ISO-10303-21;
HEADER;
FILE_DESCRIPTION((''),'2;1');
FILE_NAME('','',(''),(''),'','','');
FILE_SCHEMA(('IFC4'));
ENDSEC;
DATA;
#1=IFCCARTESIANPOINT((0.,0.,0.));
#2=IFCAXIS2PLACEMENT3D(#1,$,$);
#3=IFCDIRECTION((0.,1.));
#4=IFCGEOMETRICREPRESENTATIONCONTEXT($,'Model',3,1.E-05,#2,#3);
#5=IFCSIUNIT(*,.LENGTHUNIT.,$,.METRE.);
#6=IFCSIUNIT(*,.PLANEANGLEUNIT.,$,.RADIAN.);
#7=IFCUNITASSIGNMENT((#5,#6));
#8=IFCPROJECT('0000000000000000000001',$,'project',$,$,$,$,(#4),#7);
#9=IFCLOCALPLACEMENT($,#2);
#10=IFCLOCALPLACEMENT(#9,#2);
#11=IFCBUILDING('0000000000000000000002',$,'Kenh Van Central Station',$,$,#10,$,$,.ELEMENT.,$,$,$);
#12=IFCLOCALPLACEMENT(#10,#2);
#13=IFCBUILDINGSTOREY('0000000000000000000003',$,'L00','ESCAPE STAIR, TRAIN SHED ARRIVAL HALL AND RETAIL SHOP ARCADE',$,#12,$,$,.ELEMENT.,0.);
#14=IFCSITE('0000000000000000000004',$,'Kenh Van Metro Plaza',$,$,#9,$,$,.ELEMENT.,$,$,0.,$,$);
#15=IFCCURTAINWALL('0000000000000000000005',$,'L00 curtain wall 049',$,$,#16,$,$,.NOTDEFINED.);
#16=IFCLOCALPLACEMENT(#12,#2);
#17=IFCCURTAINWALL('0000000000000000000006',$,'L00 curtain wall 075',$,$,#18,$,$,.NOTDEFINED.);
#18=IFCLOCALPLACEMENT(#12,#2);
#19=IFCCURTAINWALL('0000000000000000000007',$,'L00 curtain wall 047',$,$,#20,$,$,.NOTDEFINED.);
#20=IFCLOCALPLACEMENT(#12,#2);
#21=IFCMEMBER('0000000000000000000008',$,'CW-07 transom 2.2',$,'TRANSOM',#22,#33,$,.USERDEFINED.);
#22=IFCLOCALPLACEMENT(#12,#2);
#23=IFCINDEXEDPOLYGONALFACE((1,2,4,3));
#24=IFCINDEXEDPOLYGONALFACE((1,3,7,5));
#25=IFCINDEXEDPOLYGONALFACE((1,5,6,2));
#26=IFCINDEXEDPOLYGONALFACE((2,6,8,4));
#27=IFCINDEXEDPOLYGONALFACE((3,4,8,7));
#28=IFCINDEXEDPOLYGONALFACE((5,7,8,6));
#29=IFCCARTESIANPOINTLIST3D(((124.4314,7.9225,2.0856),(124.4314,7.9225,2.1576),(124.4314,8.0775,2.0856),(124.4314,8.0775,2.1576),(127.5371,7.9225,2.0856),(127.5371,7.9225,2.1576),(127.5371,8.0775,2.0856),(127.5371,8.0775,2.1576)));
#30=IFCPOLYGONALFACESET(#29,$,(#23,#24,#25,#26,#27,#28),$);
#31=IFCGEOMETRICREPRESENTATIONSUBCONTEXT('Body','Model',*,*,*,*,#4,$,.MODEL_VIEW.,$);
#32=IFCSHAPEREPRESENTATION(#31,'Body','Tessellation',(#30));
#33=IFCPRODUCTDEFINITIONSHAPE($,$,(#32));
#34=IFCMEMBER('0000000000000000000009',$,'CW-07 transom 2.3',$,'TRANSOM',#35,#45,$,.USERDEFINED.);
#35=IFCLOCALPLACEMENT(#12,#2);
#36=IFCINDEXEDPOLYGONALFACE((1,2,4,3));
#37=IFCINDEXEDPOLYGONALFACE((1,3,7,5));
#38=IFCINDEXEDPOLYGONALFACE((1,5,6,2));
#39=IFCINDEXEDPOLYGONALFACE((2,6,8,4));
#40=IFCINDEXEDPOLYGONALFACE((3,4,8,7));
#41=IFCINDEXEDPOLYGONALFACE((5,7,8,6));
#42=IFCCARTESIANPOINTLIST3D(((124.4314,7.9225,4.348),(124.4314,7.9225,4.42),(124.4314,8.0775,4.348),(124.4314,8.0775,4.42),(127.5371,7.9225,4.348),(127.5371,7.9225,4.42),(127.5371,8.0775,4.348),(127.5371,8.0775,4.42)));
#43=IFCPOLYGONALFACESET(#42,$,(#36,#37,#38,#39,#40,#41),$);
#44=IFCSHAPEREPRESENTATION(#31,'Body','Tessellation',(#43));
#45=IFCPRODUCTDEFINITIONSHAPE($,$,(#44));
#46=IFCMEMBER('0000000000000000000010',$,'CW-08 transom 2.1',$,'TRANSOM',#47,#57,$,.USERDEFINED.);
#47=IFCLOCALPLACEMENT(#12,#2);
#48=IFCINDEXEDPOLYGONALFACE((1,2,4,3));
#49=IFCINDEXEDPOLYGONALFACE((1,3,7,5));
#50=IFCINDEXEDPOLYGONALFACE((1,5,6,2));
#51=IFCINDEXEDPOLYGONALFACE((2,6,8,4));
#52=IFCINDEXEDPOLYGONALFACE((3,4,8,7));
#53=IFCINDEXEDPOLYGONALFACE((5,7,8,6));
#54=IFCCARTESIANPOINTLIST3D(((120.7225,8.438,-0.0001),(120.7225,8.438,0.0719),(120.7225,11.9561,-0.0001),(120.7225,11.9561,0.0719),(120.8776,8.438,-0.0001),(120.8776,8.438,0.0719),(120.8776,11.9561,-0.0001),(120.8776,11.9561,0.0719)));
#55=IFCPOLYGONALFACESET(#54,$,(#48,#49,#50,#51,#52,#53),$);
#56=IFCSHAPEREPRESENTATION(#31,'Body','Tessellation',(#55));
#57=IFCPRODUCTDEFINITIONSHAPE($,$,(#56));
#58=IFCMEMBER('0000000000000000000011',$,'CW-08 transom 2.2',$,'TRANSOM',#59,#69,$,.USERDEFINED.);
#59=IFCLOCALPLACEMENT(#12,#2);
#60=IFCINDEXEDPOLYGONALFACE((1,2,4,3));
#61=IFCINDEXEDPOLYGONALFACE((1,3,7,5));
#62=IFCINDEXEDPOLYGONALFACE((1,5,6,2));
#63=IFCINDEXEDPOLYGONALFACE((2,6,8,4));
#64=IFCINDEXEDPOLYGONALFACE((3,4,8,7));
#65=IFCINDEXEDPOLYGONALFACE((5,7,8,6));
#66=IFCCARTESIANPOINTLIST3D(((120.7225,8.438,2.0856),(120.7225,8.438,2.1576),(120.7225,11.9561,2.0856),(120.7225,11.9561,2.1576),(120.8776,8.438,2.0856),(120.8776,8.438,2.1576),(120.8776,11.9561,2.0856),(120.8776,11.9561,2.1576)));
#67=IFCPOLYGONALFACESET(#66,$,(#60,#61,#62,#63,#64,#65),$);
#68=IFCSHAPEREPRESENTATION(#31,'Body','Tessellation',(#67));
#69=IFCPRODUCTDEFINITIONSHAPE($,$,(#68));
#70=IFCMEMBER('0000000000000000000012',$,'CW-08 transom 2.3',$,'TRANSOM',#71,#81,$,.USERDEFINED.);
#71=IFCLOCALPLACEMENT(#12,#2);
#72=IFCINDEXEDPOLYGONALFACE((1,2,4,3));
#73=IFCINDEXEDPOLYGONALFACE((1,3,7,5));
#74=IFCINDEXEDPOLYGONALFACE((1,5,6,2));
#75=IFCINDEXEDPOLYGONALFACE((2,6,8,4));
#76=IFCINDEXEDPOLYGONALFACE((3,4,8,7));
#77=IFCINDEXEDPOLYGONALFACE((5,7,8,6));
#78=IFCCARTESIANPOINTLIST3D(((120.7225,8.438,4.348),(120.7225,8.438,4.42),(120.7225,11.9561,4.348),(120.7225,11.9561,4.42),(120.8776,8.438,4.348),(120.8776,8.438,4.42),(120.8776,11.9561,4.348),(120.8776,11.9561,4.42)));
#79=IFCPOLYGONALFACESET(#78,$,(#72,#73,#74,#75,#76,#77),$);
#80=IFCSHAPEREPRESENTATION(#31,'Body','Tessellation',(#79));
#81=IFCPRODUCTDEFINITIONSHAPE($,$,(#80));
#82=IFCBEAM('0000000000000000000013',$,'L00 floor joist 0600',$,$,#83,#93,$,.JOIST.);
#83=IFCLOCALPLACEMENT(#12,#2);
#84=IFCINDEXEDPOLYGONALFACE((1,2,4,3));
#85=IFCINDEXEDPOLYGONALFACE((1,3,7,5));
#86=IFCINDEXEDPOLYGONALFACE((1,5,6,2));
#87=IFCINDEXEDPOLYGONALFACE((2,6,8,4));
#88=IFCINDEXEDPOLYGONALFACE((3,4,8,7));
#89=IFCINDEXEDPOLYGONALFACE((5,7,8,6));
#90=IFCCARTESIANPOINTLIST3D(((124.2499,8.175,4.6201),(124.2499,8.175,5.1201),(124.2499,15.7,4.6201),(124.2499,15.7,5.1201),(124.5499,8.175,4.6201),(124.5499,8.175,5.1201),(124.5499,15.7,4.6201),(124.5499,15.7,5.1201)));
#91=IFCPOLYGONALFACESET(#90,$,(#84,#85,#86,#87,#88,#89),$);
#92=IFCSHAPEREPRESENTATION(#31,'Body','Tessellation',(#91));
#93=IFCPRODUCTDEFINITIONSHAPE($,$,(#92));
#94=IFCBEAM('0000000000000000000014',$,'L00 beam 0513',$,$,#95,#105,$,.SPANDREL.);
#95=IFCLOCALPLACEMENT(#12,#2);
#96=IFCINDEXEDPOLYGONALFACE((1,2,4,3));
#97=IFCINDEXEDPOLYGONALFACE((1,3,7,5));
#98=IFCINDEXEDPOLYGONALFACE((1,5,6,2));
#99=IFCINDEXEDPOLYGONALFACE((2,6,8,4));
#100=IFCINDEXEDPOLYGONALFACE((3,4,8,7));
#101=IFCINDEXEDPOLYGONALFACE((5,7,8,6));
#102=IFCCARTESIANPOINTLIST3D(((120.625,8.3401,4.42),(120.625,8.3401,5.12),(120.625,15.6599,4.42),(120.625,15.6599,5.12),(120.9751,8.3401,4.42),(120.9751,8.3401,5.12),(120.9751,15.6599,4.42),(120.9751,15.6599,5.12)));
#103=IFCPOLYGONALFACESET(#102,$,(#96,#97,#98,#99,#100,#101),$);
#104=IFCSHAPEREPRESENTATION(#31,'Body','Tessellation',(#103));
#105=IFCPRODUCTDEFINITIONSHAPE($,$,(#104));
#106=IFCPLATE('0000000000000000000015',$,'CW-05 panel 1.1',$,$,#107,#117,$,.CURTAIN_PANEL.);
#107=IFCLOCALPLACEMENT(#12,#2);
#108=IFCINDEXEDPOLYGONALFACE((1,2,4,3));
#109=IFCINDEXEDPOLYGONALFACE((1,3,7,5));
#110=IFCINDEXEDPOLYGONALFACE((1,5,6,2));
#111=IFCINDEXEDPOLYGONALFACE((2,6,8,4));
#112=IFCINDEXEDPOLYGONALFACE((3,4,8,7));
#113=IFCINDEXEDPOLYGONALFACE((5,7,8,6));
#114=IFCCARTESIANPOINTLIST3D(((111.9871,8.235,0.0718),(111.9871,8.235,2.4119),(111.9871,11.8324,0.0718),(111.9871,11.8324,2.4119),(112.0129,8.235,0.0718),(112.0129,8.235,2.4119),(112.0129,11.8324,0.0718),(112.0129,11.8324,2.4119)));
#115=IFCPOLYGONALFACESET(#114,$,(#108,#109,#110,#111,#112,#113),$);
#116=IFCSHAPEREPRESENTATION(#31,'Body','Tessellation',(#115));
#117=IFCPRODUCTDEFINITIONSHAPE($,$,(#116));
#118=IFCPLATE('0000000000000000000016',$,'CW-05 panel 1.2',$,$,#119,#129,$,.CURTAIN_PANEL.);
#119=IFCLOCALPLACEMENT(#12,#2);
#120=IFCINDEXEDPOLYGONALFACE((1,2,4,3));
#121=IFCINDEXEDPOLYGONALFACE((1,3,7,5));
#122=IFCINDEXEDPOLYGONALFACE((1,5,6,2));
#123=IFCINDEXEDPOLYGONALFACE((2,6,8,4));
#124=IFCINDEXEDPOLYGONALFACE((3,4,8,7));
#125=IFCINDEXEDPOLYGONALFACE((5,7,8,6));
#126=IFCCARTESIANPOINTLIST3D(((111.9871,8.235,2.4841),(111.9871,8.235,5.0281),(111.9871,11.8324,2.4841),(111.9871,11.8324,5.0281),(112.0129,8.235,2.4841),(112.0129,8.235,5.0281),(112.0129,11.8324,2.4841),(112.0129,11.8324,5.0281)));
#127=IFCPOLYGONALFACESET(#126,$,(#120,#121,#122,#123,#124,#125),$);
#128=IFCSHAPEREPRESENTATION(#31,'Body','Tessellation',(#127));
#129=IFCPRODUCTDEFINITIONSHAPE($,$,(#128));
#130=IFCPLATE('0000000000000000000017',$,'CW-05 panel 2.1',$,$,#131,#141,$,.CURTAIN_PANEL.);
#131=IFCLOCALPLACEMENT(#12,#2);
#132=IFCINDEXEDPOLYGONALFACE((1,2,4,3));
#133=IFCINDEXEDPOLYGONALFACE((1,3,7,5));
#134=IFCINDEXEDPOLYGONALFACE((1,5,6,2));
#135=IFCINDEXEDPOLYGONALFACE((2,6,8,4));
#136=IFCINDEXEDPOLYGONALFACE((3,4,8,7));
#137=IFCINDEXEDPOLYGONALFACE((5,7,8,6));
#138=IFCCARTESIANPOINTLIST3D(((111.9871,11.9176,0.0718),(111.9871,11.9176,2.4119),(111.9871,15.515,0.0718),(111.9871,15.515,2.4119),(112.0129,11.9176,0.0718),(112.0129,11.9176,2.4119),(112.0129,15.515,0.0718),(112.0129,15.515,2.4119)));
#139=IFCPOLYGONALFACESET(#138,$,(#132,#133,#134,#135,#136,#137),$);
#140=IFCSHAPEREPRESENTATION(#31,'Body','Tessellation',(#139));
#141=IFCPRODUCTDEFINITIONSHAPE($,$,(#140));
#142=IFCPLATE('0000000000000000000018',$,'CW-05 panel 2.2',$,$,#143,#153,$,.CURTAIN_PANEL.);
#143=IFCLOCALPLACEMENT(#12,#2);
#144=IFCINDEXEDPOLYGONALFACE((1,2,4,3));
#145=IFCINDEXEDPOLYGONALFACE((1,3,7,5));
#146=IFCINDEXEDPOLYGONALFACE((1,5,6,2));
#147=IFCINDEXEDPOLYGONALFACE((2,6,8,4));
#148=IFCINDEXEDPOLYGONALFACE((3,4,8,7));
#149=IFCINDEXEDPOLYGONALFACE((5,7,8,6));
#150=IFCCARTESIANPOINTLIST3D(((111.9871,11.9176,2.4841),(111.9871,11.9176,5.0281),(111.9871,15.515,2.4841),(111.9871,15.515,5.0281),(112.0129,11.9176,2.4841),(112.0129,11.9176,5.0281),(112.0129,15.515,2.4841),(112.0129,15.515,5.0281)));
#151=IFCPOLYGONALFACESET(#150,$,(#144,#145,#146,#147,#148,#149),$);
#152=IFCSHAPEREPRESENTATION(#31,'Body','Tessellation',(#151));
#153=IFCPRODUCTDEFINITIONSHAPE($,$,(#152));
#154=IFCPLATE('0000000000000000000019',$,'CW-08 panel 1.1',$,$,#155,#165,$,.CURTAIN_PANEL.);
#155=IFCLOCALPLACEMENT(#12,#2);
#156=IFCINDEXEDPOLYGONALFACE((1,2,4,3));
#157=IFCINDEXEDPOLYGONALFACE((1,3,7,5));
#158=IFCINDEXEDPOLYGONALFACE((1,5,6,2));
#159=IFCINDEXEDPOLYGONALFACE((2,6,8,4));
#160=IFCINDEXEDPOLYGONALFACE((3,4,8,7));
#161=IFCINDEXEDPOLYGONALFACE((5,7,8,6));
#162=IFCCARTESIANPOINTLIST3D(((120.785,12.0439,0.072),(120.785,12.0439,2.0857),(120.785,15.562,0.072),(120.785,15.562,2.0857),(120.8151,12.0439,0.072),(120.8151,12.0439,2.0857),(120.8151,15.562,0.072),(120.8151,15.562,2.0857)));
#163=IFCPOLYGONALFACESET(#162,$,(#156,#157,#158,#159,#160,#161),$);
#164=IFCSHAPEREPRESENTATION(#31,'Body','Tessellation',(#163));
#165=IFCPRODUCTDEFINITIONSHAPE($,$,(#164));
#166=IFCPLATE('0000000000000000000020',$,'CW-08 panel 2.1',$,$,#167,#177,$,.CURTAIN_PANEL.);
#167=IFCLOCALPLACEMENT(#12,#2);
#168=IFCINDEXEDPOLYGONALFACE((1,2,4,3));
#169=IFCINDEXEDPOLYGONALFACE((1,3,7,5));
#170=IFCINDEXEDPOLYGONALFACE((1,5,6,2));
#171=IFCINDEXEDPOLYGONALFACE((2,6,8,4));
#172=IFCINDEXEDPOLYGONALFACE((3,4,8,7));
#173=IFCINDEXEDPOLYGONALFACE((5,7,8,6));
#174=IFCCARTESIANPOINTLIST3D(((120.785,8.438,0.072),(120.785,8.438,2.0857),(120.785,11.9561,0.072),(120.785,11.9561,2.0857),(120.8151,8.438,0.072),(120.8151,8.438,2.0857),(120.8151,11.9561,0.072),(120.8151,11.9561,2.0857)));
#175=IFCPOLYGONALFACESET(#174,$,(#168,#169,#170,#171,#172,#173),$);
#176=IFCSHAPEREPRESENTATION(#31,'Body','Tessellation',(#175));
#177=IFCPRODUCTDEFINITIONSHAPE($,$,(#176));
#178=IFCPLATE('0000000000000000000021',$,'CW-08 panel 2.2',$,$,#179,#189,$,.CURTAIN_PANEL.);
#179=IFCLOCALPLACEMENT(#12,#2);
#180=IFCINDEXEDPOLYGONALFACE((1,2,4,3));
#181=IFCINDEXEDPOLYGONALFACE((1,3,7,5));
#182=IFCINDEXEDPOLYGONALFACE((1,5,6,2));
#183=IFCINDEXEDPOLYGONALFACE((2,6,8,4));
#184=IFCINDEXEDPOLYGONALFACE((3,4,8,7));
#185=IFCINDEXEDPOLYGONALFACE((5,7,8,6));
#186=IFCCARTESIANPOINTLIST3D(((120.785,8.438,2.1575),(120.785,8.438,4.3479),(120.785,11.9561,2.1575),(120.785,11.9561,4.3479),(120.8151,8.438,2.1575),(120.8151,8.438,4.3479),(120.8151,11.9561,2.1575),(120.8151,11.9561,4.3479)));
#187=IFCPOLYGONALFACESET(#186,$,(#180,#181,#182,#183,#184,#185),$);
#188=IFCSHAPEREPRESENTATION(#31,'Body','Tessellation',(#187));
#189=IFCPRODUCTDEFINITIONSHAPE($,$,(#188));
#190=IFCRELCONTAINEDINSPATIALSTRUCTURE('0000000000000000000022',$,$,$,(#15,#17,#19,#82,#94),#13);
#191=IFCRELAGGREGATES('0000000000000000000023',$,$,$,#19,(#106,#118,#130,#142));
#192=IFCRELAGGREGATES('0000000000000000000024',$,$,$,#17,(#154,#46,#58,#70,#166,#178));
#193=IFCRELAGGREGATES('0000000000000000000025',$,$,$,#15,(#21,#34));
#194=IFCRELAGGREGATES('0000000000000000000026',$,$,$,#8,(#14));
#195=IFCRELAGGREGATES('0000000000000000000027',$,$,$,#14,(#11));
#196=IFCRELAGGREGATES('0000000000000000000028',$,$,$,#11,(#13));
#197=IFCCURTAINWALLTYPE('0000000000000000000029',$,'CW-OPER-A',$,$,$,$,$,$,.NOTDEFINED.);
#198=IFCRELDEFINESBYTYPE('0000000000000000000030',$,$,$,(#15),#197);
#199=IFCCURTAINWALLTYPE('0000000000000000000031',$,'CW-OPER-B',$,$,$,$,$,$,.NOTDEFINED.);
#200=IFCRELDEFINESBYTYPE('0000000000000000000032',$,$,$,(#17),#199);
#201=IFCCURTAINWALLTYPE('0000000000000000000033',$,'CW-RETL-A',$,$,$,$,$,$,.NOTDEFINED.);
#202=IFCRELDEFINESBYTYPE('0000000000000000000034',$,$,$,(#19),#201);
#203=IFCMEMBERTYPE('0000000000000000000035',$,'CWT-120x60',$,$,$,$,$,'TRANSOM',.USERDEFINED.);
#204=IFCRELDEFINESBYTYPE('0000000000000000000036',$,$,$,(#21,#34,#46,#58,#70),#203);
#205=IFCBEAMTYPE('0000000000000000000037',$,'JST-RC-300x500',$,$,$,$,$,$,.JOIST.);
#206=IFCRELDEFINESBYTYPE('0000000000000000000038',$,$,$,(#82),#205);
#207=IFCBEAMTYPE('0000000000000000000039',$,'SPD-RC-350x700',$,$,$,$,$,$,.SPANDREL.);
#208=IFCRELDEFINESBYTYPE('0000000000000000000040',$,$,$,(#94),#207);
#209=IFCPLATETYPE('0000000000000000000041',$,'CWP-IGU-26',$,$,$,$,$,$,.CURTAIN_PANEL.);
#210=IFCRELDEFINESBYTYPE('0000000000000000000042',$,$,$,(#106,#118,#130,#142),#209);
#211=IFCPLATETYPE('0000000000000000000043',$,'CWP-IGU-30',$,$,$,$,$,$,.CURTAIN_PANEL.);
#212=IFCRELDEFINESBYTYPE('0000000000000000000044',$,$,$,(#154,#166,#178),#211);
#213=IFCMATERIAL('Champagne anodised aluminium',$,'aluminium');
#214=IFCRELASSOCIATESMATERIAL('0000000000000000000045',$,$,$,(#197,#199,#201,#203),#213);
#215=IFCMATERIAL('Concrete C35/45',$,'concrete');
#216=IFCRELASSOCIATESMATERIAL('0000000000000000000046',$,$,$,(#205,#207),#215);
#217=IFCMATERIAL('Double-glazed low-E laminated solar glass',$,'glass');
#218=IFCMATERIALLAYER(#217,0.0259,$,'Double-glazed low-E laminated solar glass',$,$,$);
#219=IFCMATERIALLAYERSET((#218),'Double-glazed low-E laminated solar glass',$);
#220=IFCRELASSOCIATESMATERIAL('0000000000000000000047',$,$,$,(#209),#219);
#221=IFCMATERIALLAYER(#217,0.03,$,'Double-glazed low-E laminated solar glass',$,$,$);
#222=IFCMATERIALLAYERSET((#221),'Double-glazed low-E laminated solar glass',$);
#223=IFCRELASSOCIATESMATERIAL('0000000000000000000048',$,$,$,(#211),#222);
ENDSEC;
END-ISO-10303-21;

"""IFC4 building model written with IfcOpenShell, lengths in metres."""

from ifc_helpers import new_model, si_unit, direction, frame, origin, origin_2d, place, context, subcontext, project, spatial, rectangle, extrude, material, layer, layer_set, material_profile, profile_set, type_object, element, aggregate, save


model = new_model("IFC4")

# Units and contexts
model_context = context("Model", 3, precision=1e-05, world=origin(), true_north=direction((0.0, 1.0)))
body_context = subcontext(model_context, "Body", "Model", "MODEL_VIEW")
ifc_project = project(units=[si_unit("LENGTHUNIT", "METRE"), si_unit("PLANEANGLEUNIT", "RADIAN")], contexts=[model_context])

# Site, building, storey
site_placement = place(None, origin())
site = spatial("IfcSite", under=ifc_project, at=site_placement, Name="Kenh Van Metro Plaza", CompositionType="ELEMENT", RefElevation=0.0)
building_placement = place(site_placement, origin())
building = spatial("IfcBuilding", under=site, at=building_placement, Name="Kenh Van Central Station", CompositionType="ELEMENT")
storey_placement = place(building_placement, origin())
storey = spatial("IfcBuildingStorey", under=building, at=storey_placement, Name="L00", Description="ESCAPE STAIR, TRAIN SHED ARRIVAL HALL AND RETAIL SHOP ARCADE", CompositionType="ELEMENT", Elevation=0.0)

# Shared definitions
ifc_material_1 = material(Name="Concrete C35/45", Category="concrete")

# Curtain wall
ifc_material_2 = material(Name="Champagne anodised aluminium", Category="aluminium")
curtain_wall_type_1 = type_object("IfcCurtainWallType", Name="CW-OPER-A", PredefinedType="NOTDEFINED", material=ifc_material_2)
curtain_wall_1_placement = place(storey_placement, origin())
curtain_wall_1 = element("IfcCurtainWall", 1, at=curtain_wall_1_placement, inside=storey, type_object=curtain_wall_type_1, Name="L00 curtain wall 049", PredefinedType="NOTDEFINED")

# Curtain walls
curtain_wall_type_2 = type_object("IfcCurtainWallType", Name="CW-OPER-B", PredefinedType="NOTDEFINED", material=ifc_material_2)
curtain_wall_2_placement = place(storey_placement, origin())
curtain_wall_2 = element("IfcCurtainWall", 2, at=curtain_wall_2_placement, inside=storey, type_object=curtain_wall_type_2, Name="L00 curtain wall 075", PredefinedType="NOTDEFINED")
curtain_wall_type_3 = type_object("IfcCurtainWallType", Name="CW-RETL-A", PredefinedType="NOTDEFINED", material=ifc_material_2)
curtain_wall_3_placement = place(storey_placement, origin())
curtain_wall_3 = element("IfcCurtainWall", 3, at=curtain_wall_3_placement, inside=storey, type_object=curtain_wall_type_3, Name="L00 curtain wall 047", PredefinedType="NOTDEFINED")
ifc_material_profile_1 = material_profile(ifc_material_2, rectangle(XDim=0.155, YDim=0.072, at=origin_2d()), Name="AL 155x72")
ifc_profile_set_1 = profile_set([ifc_material_profile_1], Name="Champagne anodised aluminium")
member_type_1 = type_object("IfcMemberType", Name="CWT-120x60", ElementType="TRANSOM", PredefinedType="USERDEFINED", material=ifc_profile_set_1)

# Members
member_1_placement = place(storey_placement, frame((124.4314, 8.0, 2.1216), z_axis=(1.0, 0.0, 0.0), x_axis=(0.0, 1.0, 0.0)))
member_1 = element("IfcMember", 4, at=member_1_placement, type_object=member_type_1, Name="CW-07 transom 2.2", ObjectType="TRANSOM", PredefinedType="USERDEFINED", context=body_context, shape_type="SweptSolid", body=[
    extrude(rectangle(XDim=0.155, YDim=0.072, at=origin_2d()), origin(), (0.0, 0.0, 1.0), 3.1057),
])
member_2_placement = place(storey_placement, frame((124.4314, 8.0, 4.384), z_axis=(1.0, 0.0, 0.0), x_axis=(0.0, 1.0, 0.0)))
member_2 = element("IfcMember", 5, at=member_2_placement, type_object=member_type_1, Name="CW-07 transom 2.3", ObjectType="TRANSOM", PredefinedType="USERDEFINED", context=body_context, shape_type="SweptSolid", body=[
    extrude(rectangle(XDim=0.155, YDim=0.072, at=origin_2d()), origin(), (0.0, 0.0, 1.0), 3.1057),
])
member_3_placement = place(storey_placement, frame((120.8, 11.9561, 0.0359), z_axis=(0.0, -1.0, 0.0), x_axis=(1.0, 0.0, 0.0)))
member_3 = element("IfcMember", 6, at=member_3_placement, type_object=member_type_1, Name="CW-08 transom 2.1", ObjectType="TRANSOM", PredefinedType="USERDEFINED", context=body_context, shape_type="SweptSolid", body=[
    extrude(rectangle(XDim=0.155, YDim=0.072, at=origin_2d()), origin(), (0.0, 0.0, 1.0), 3.5181),
])
member_4_placement = place(storey_placement, frame((120.8, 11.9561, 2.1216), z_axis=(0.0, -1.0, 0.0), x_axis=(1.0, 0.0, 0.0)))
member_4 = element("IfcMember", 7, at=member_4_placement, type_object=member_type_1, Name="CW-08 transom 2.2", ObjectType="TRANSOM", PredefinedType="USERDEFINED", context=body_context, shape_type="SweptSolid", body=[
    extrude(rectangle(XDim=0.155, YDim=0.072, at=origin_2d()), origin(), (0.0, 0.0, 1.0), 3.5181),
])
member_5_placement = place(storey_placement, frame((120.8, 11.9561, 4.384), z_axis=(0.0, -1.0, 0.0), x_axis=(1.0, 0.0, 0.0)))
member_5 = element("IfcMember", 8, at=member_5_placement, type_object=member_type_1, Name="CW-08 transom 2.3", ObjectType="TRANSOM", PredefinedType="USERDEFINED", context=body_context, shape_type="SweptSolid", body=[
    extrude(rectangle(XDim=0.155, YDim=0.072, at=origin_2d()), origin(), (0.0, 0.0, 1.0), 3.5181),
])

# Beams
ifc_material_profile_2 = material_profile(ifc_material_1, rectangle(XDim=0.3, YDim=0.5, at=origin_2d()), Name="RC 300x500")
ifc_profile_set_2 = profile_set([ifc_material_profile_2], Name="Concrete C35/45")
beam_type_1 = type_object("IfcBeamType", Name="JST-RC-300x500", PredefinedType="JOIST", material=ifc_profile_set_2)
beam_1_placement = place(storey_placement, frame((124.3999, 8.175, 4.8701), z_axis=(0.0, 1.0, 0.0), x_axis=(-1.0, 0.0, 0.0)))
element("IfcBeam", 9, at=beam_1_placement, inside=storey, type_object=beam_type_1, Name="L00 floor joist 0600", PredefinedType="JOIST", context=body_context, shape_type="SweptSolid", body=[
    extrude(rectangle(XDim=0.3, YDim=0.5, at=origin_2d()), origin(), (0.0, 0.0, 1.0), 7.5249),
])
ifc_material_profile_3 = material_profile(ifc_material_1, rectangle(XDim=0.3501, YDim=0.7, at=origin_2d()), Name="RC 350x700")
ifc_profile_set_3 = profile_set([ifc_material_profile_3], Name="Concrete C35/45")
beam_type_2 = type_object("IfcBeamType", Name="SPD-RC-350x700", PredefinedType="SPANDREL", material=ifc_profile_set_3)
beam_2_placement = place(storey_placement, frame((120.8, 8.3401, 4.77), z_axis=(0.0, 1.0, 0.0), x_axis=(-1.0, 0.0, 0.0)))
element("IfcBeam", 10, at=beam_2_placement, inside=storey, type_object=beam_type_2, Name="L00 beam 0513", PredefinedType="SPANDREL", context=body_context, shape_type="SweptSolid", body=[
    extrude(rectangle(XDim=0.3501, YDim=0.7, at=origin_2d()), origin(), (0.0, 0.0, 1.0), 7.3198),
])

# Plates
ifc_material_3 = material(Name="Double-glazed low-E laminated solar glass", Category="glass")
ifc_layer_1 = layer(ifc_material_3, 0.0259, Name="Double-glazed low-E laminated solar glass")
ifc_layer_set_1 = layer_set([ifc_layer_1], Name="Double-glazed low-E laminated solar glass")
plate_type_1 = type_object("IfcPlateType", Name="CWP-IGU-26", PredefinedType="CURTAIN_PANEL", material=ifc_layer_set_1)
plate_1_placement = place(storey_placement, frame((112.0, 10.0337, 0.0718), z_axis=(0.0, 0.0, 1.0), x_axis=(0.0, 1.0, 0.0)))
plate_1 = element("IfcPlate", 11, at=plate_1_placement, type_object=plate_type_1, Name="CW-05 panel 1.1", PredefinedType="CURTAIN_PANEL", context=body_context, shape_type="SweptSolid", body=[
    extrude(rectangle(XDim=3.5974, YDim=0.0259, at=origin_2d()), origin(), (0.0, 0.0, 1.0), 2.3401),
])
plate_2_placement = place(storey_placement, frame((112.0, 10.0337, 2.4841), z_axis=(0.0, 0.0, 1.0), x_axis=(0.0, 1.0, 0.0)))
plate_2 = element("IfcPlate", 12, at=plate_2_placement, type_object=plate_type_1, Name="CW-05 panel 1.2", PredefinedType="CURTAIN_PANEL", context=body_context, shape_type="SweptSolid", body=[
    extrude(rectangle(XDim=3.5974, YDim=0.0259, at=origin_2d()), origin(), (0.0, 0.0, 1.0), 2.5439),
])
plate_3_placement = place(storey_placement, frame((112.0, 13.7163, 0.0718), z_axis=(0.0, 0.0, 1.0), x_axis=(0.0, 1.0, 0.0)))
plate_3 = element("IfcPlate", 13, at=plate_3_placement, type_object=plate_type_1, Name="CW-05 panel 2.1", PredefinedType="CURTAIN_PANEL", context=body_context, shape_type="SweptSolid", body=[
    extrude(rectangle(XDim=3.5974, YDim=0.0259, at=origin_2d()), origin(), (0.0, 0.0, 1.0), 2.3401),
])
plate_4_placement = place(storey_placement, frame((112.0, 13.7163, 2.4841), z_axis=(0.0, 0.0, 1.0), x_axis=(0.0, 1.0, 0.0)))
plate_4 = element("IfcPlate", 14, at=plate_4_placement, type_object=plate_type_1, Name="CW-05 panel 2.2", PredefinedType="CURTAIN_PANEL", context=body_context, shape_type="SweptSolid", body=[
    extrude(rectangle(XDim=3.5974, YDim=0.0259, at=origin_2d()), origin(), (0.0, 0.0, 1.0), 2.5439),
])
aggregate(curtain_wall_3, [plate_1, plate_2, plate_3, plate_4])
ifc_layer_2 = layer(ifc_material_3, 0.03, Name="Double-glazed low-E laminated solar glass")
ifc_layer_set_2 = layer_set([ifc_layer_2], Name="Double-glazed low-E laminated solar glass")
plate_type_2 = type_object("IfcPlateType", Name="CWP-IGU-30", PredefinedType="CURTAIN_PANEL", material=ifc_layer_set_2)
plate_5_placement = place(storey_placement, frame((120.8, 13.803, 0.072), z_axis=(0.0, 0.0, 1.0), x_axis=(0.0, -1.0, 0.0)))
plate_5 = element("IfcPlate", 15, at=plate_5_placement, type_object=plate_type_2, Name="CW-08 panel 1.1", PredefinedType="CURTAIN_PANEL", context=body_context, shape_type="SweptSolid", body=[
    extrude(rectangle(XDim=3.5181, YDim=0.03, at=origin_2d()), origin(), (0.0, 0.0, 1.0), 2.0137),
])
plate_6_placement = place(storey_placement, frame((120.8, 10.197, 0.072), z_axis=(0.0, 0.0, 1.0), x_axis=(0.0, -1.0, 0.0)))
plate_6 = element("IfcPlate", 16, at=plate_6_placement, type_object=plate_type_2, Name="CW-08 panel 2.1", PredefinedType="CURTAIN_PANEL", context=body_context, shape_type="SweptSolid", body=[
    extrude(rectangle(XDim=3.5181, YDim=0.03, at=origin_2d()), origin(), (0.0, 0.0, 1.0), 2.0137),
])
plate_7_placement = place(storey_placement, frame((120.8, 10.197, 2.1575), z_axis=(0.0, 0.0, 1.0), x_axis=(0.0, -1.0, 0.0)))
plate_7 = element("IfcPlate", 17, at=plate_7_placement, type_object=plate_type_2, Name="CW-08 panel 2.2", PredefinedType="CURTAIN_PANEL", context=body_context, shape_type="SweptSolid", body=[
    extrude(rectangle(XDim=3.5181, YDim=0.03, at=origin_2d()), origin(), (0.0, 0.0, 1.0), 2.1904),
])
aggregate(curtain_wall_2, [plate_5, member_3, member_4, member_5, plate_6, plate_7])
aggregate(curtain_wall_1, [member_1, member_2])

save(model, "model.ifc")
